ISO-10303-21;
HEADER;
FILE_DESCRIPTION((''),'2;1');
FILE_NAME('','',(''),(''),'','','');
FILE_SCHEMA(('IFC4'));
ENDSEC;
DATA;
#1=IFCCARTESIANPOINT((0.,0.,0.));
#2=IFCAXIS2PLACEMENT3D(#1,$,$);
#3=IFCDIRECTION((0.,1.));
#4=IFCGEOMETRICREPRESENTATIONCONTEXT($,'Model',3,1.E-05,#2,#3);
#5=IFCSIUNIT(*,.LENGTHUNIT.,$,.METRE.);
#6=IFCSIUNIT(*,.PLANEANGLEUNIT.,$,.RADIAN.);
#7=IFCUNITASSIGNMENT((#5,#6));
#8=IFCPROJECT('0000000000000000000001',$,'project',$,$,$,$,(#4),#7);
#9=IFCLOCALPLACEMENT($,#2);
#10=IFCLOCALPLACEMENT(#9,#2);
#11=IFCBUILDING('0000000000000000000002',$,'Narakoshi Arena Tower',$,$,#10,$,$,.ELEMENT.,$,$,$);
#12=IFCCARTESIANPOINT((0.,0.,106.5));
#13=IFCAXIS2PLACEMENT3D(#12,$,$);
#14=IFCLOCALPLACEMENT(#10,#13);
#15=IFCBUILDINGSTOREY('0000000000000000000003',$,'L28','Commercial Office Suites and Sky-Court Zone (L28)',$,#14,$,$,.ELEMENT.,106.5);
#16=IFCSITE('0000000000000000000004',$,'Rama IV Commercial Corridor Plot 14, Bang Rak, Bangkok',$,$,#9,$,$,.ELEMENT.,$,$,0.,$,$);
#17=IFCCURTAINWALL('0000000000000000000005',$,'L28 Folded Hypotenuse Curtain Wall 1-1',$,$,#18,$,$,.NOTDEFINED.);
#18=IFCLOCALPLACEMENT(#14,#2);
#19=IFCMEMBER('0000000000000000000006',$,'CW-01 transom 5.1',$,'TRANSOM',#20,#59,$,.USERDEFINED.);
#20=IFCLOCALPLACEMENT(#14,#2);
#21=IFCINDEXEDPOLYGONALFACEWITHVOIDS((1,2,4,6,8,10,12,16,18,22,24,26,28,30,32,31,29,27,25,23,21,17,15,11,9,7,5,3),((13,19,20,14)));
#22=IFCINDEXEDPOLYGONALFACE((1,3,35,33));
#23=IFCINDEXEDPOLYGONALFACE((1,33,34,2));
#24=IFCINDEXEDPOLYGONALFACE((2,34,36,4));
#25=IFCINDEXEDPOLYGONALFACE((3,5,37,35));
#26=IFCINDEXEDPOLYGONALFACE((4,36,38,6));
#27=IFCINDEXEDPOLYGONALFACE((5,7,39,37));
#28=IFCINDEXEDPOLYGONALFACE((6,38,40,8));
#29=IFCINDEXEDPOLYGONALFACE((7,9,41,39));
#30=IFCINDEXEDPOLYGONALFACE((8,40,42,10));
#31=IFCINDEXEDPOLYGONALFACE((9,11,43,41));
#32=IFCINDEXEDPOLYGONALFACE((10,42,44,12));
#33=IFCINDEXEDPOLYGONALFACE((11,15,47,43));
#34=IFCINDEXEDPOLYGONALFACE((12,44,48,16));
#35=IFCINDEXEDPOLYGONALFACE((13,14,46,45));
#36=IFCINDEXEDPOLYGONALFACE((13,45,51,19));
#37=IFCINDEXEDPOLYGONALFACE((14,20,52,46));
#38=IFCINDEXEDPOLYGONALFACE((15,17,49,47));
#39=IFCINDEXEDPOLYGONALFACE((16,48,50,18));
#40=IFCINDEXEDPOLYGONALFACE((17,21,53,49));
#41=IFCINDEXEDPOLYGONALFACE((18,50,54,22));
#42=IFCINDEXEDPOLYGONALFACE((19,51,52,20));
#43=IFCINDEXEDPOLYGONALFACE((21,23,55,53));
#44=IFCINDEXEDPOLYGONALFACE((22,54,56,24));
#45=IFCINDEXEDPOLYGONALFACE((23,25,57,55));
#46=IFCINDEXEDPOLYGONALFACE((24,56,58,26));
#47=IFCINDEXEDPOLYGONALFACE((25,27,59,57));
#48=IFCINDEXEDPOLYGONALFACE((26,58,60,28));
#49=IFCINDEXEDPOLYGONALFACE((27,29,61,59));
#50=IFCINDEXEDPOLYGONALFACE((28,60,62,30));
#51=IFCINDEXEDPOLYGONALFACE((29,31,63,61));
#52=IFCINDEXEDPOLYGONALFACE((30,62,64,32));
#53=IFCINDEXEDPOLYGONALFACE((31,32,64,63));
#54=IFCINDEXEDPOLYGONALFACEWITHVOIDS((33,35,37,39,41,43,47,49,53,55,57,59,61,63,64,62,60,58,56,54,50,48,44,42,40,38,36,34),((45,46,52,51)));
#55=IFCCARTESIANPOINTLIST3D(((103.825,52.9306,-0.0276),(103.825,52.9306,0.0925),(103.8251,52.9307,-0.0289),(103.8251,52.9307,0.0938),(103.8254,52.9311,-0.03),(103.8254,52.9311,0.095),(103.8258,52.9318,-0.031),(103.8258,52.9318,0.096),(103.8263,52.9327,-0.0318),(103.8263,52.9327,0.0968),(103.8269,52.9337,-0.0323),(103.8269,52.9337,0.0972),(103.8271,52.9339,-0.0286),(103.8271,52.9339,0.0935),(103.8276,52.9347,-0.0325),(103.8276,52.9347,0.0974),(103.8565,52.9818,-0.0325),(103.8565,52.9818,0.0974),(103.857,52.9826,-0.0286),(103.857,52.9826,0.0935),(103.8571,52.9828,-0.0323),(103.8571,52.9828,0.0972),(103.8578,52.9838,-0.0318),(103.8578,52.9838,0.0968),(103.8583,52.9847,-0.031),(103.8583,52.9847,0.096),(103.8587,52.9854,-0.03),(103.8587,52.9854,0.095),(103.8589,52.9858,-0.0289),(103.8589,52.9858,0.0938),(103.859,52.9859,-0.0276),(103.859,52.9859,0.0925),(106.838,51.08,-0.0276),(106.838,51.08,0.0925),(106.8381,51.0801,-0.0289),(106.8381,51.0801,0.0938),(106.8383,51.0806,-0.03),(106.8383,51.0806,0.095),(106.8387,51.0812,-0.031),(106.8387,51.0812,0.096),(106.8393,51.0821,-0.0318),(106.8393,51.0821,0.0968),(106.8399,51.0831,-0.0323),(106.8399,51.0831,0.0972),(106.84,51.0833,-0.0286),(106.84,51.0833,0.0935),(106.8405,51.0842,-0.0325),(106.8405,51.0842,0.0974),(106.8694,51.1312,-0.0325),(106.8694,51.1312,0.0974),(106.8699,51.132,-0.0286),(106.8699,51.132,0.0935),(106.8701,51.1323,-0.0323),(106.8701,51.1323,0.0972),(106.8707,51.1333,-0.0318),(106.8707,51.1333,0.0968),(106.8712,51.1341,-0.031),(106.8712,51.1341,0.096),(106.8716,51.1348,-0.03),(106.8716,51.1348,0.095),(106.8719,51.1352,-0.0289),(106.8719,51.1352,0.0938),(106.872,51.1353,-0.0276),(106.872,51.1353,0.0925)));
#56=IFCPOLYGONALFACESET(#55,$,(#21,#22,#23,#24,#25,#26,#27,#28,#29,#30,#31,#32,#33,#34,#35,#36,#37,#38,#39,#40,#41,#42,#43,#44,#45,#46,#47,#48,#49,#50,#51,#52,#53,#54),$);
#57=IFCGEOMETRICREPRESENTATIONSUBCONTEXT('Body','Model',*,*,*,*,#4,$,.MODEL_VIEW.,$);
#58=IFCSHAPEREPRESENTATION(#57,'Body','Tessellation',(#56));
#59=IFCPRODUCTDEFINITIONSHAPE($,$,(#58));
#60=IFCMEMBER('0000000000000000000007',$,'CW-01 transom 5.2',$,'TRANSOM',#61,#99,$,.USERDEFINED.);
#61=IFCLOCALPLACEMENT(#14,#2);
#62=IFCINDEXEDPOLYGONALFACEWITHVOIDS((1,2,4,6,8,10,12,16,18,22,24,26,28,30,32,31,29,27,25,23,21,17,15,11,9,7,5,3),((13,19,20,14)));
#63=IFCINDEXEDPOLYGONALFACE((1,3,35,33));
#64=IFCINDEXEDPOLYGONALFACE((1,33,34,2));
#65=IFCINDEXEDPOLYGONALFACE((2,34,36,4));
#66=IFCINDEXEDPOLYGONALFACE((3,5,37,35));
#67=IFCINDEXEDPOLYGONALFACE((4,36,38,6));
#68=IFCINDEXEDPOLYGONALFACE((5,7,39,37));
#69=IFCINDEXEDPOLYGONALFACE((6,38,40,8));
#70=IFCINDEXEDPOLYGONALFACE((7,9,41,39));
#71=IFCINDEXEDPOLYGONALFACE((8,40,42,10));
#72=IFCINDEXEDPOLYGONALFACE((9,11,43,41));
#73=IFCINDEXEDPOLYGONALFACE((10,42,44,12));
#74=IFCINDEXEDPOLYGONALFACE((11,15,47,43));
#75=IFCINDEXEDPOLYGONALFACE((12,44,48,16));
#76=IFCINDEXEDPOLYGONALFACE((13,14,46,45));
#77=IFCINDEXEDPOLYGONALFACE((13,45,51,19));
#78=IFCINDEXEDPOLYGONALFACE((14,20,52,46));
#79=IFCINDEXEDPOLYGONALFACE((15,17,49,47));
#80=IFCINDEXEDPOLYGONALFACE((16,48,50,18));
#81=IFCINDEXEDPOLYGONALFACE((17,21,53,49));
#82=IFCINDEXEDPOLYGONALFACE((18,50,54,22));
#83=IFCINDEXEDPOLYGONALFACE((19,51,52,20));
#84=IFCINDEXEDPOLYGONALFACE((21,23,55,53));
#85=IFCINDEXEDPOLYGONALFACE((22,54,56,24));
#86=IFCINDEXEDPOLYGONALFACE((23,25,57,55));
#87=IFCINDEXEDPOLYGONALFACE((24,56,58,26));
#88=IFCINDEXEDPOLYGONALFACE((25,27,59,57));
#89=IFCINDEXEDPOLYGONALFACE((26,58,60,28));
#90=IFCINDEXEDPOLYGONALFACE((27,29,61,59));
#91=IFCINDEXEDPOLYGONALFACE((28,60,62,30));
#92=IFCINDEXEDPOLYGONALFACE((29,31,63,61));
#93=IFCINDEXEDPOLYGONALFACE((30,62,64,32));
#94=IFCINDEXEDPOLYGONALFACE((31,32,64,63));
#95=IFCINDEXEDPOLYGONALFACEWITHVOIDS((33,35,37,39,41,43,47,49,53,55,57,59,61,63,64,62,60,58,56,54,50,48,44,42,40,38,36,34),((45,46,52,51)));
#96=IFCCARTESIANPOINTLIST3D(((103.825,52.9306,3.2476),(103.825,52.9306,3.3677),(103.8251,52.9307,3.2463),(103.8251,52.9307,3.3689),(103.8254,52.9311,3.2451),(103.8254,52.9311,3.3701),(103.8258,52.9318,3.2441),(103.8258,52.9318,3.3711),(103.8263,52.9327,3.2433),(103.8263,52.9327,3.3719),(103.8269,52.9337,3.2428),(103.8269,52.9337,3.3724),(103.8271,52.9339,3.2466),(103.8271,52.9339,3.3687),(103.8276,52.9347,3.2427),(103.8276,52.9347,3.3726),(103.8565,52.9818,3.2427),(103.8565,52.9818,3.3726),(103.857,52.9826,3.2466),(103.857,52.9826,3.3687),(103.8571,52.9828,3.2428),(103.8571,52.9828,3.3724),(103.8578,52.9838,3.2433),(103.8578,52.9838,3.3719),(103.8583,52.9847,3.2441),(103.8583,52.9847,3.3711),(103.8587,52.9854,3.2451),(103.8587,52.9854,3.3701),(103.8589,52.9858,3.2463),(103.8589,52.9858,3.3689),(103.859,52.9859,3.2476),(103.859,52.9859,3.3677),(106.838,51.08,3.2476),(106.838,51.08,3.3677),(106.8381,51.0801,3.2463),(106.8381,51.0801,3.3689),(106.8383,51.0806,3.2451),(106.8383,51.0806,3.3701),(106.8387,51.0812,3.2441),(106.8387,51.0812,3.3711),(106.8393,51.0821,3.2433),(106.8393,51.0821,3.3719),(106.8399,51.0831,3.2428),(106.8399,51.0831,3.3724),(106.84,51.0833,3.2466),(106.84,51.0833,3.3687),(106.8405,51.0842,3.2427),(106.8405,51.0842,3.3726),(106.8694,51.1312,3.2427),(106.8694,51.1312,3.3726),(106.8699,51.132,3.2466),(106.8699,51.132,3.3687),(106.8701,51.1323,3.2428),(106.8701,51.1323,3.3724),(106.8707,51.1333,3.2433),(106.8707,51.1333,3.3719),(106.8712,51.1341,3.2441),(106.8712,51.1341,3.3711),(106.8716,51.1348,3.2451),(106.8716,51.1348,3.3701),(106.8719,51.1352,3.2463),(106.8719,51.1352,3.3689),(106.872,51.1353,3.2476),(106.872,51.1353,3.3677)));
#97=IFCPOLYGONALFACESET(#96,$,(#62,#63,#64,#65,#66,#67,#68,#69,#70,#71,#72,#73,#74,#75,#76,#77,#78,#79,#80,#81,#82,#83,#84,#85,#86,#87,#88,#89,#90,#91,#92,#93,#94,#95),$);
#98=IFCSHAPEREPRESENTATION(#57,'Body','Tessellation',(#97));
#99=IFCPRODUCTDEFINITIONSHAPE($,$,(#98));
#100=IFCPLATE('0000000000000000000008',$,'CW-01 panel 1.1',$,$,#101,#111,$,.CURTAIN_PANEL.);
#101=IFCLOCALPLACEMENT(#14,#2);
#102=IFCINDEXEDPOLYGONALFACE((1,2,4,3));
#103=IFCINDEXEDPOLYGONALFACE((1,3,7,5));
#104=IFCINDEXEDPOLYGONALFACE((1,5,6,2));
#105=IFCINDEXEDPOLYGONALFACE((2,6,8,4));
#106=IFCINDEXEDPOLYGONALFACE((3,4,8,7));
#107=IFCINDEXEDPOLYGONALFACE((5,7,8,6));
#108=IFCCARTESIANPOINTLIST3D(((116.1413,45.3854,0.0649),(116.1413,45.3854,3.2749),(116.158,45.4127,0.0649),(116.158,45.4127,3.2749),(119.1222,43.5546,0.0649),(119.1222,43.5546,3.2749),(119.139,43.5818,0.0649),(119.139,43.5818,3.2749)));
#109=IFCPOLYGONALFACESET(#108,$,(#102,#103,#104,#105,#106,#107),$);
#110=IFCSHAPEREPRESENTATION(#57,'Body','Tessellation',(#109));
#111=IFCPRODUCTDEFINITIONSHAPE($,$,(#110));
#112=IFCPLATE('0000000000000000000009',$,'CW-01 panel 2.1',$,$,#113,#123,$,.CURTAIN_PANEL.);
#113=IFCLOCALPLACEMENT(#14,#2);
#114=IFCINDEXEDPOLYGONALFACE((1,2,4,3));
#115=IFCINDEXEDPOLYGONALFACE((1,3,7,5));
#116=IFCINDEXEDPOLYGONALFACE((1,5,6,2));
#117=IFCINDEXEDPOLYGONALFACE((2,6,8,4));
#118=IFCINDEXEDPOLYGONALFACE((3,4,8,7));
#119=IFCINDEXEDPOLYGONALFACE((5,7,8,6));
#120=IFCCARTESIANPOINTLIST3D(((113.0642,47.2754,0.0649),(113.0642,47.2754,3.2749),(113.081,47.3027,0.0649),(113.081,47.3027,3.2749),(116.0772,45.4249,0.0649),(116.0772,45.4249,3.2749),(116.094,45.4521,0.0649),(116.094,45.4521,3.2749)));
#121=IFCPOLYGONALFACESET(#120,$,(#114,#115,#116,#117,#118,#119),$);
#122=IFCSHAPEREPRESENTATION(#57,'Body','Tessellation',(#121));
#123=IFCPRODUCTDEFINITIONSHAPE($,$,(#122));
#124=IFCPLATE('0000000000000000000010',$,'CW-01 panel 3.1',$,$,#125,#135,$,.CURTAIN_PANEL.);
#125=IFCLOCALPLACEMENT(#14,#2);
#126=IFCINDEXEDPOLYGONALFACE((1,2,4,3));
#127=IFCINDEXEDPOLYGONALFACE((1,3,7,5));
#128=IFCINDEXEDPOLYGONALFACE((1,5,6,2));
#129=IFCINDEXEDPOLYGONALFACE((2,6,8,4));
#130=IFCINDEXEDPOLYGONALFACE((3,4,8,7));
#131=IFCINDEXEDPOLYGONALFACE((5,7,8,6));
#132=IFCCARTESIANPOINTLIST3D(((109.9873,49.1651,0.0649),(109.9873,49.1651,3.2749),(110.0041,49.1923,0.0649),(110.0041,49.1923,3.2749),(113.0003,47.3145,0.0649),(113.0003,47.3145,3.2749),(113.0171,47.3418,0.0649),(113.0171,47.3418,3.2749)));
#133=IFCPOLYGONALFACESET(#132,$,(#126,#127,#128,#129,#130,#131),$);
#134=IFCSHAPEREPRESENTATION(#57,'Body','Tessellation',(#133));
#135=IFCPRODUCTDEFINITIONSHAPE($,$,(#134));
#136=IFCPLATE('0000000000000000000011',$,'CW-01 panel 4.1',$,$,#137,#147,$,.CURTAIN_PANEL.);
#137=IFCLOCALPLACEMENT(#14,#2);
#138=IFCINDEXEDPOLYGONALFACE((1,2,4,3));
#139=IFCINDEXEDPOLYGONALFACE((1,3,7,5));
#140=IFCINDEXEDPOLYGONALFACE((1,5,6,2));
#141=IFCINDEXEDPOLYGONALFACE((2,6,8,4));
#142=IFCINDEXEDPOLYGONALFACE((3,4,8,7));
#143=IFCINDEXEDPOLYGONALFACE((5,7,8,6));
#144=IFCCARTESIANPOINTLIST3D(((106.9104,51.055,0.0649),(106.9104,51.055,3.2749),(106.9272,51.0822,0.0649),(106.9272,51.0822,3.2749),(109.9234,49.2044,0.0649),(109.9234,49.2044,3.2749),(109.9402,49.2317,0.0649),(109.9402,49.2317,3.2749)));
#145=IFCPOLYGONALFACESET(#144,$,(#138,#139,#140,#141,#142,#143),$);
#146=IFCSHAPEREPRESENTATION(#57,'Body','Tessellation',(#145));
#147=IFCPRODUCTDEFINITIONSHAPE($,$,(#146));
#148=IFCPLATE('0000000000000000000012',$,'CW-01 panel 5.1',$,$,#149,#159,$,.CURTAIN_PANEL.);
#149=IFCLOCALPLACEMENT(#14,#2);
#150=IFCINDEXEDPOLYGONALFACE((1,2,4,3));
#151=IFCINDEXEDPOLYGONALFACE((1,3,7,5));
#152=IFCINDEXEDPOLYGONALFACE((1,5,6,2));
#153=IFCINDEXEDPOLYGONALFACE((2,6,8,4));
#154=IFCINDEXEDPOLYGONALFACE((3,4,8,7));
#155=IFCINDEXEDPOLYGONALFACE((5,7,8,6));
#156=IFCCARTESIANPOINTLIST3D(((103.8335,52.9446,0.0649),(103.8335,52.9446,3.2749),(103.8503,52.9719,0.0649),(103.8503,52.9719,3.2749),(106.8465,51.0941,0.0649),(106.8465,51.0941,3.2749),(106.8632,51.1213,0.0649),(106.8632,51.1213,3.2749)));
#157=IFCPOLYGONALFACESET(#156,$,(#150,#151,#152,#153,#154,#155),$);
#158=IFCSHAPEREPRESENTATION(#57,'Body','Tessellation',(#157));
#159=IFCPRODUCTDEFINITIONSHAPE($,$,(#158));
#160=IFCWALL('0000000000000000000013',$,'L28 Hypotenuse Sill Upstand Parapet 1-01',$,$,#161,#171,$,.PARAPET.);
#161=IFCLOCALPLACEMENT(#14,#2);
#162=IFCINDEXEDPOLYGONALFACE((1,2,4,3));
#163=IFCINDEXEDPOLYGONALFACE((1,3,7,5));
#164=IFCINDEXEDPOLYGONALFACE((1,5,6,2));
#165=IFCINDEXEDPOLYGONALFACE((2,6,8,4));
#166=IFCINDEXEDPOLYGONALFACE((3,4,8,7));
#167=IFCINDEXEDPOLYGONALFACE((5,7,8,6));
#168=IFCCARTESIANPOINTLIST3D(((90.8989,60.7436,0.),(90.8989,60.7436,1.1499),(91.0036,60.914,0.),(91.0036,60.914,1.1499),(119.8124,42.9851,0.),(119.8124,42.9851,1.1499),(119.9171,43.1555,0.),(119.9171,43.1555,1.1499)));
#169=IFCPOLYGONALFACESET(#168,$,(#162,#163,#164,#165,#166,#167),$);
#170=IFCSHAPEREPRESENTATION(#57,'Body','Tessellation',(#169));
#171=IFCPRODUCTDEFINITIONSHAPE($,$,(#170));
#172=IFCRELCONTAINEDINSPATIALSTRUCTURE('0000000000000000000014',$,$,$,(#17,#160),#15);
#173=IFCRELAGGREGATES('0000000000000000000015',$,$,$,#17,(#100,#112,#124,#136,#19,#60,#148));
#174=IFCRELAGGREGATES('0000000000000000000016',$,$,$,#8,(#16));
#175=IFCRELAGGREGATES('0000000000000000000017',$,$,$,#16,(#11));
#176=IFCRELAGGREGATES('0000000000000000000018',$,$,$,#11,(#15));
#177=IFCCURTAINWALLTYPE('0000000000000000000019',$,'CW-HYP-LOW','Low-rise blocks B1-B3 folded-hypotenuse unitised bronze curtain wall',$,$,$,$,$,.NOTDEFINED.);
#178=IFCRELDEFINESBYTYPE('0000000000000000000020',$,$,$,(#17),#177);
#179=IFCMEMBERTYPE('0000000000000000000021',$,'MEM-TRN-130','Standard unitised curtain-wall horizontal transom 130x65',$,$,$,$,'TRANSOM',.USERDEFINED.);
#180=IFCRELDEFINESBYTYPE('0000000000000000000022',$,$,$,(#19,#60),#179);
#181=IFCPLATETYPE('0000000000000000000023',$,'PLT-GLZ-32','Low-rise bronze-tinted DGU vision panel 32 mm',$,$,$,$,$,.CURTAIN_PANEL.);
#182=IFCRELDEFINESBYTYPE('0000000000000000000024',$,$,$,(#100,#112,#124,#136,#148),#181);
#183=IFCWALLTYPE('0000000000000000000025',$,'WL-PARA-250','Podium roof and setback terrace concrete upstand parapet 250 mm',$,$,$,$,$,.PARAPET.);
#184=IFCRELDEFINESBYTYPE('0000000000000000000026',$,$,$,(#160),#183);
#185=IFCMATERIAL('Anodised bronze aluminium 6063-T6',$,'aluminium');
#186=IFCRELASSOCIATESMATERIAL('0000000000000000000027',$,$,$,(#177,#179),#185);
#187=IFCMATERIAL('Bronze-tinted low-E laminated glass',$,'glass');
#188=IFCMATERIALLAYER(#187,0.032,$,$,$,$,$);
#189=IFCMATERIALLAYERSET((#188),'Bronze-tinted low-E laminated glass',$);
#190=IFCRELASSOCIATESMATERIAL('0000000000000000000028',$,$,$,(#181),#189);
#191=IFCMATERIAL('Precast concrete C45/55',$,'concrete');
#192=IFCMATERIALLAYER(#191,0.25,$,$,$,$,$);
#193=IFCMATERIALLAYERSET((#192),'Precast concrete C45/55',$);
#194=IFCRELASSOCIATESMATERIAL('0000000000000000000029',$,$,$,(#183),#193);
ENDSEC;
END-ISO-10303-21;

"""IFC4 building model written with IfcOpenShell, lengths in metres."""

from ifc_helpers import new_model, si_unit, direction, frame, frame_2d, origin, origin_2d, place, context, subcontext, project, spatial, rectangle, hollow_rectangle, extrude, material, layer, layer_set, material_profile, profile_set, type_object, element, aggregate, save


model = new_model("IFC4")

# Units and contexts
model_context = context("Model", 3, precision=1e-05, world=origin(), true_north=direction((0.0, 1.0)))
body_context = subcontext(model_context, "Body", "Model", "MODEL_VIEW")
ifc_project = project(units=[si_unit("LENGTHUNIT", "METRE"), si_unit("PLANEANGLEUNIT", "RADIAN")], contexts=[model_context])

# Site, building, storey
site_placement = place(None, origin())
site = spatial("IfcSite", under=ifc_project, at=site_placement, Name="Rama IV Commercial Corridor Plot 14, Bang Rak, Bangkok", CompositionType="ELEMENT", RefElevation=0.0)
building_placement = place(site_placement, origin())
building = spatial("IfcBuilding", under=site, at=building_placement, Name="Narakoshi Arena Tower", CompositionType="ELEMENT")
storey_placement = place(building_placement, frame((0.0, 0.0, 106.5)))
storey = spatial("IfcBuildingStorey", under=building, at=storey_placement, Name="L28", Description="Commercial Office Suites and Sky-Court Zone (L28)", CompositionType="ELEMENT", Elevation=106.5)

# Curtain wall, members, plates
ifc_material_1 = material(Name="Anodised bronze aluminium 6063-T6", Category="aluminium")
curtain_wall_type = type_object("IfcCurtainWallType", Name="CW-HYP-LOW", Description="Low-rise blocks B1-B3 folded-hypotenuse unitised bronze curtain wall", PredefinedType="NOTDEFINED", material=ifc_material_1)
curtain_wall_placement = place(storey_placement, origin())
curtain_wall = element("IfcCurtainWall", 1, at=curtain_wall_placement, inside=storey, type_object=curtain_wall_type, Name="L28 Folded Hypotenuse Curtain Wall 1-1", PredefinedType="NOTDEFINED")
ifc_material_profile_1 = material_profile(ifc_material_1, hollow_rectangle(XDim=0.0649, YDim=0.1299, WallThickness=0.0039, OuterFilletRadius=0.0049, at=origin_2d()), Name="TRN130x65x4")
ifc_profile_set_1 = profile_set([ifc_material_profile_1], Name="Anodised bronze aluminium 6063-T6")
member_type_1 = type_object("IfcMemberType", Name="MEM-TRN-130", Description="Standard unitised curtain-wall horizontal transom 130x65", ElementType="TRANSOM", PredefinedType="USERDEFINED", material=ifc_profile_set_1)
member_1_placement = place(storey_placement, frame((106.855, 51.1077, 0.0325), z_axis=(-0.852104, 0.523373, 0.0), x_axis=(-0.523373, -0.852104, 0.0)))
member_1 = element("IfcMember", 2, at=member_1_placement, type_object=member_type_1, Name="CW-01 transom 5.1", ObjectType="TRANSOM", PredefinedType="USERDEFINED", context=body_context, shape_type="SweptSolid", body=[
    extrude(hollow_rectangle(XDim=0.0649, YDim=0.1299, WallThickness=0.0039, OuterFilletRadius=0.0049, at=origin_2d()), origin(), (0.0, 0.0, 1.0), 3.5359),
])
member_2_placement = place(storey_placement, frame((106.855, 51.1077, 3.3076), z_axis=(-0.852104, 0.523373, 0.0), x_axis=(-0.523373, -0.852104, 0.0)))
member_2 = element("IfcMember", 3, at=member_2_placement, type_object=member_type_1, Name="CW-01 transom 5.2", ObjectType="TRANSOM", PredefinedType="USERDEFINED", context=body_context, shape_type="SweptSolid", body=[
    extrude(hollow_rectangle(XDim=0.0649, YDim=0.1299, WallThickness=0.0039, OuterFilletRadius=0.0049, at=origin_2d()), origin(), (0.0, 0.0, 1.0), 3.5359),
])
ifc_material_2 = material(Name="Bronze-tinted low-E laminated glass", Category="glass")
ifc_layer_1 = layer(ifc_material_2, 0.032)
ifc_layer_set_1 = layer_set([ifc_layer_1], Name="Bronze-tinted low-E laminated glass")
plate_type = type_object("IfcPlateType", Name="PLT-GLZ-32", Description="Low-rise bronze-tinted DGU vision panel 32 mm", PredefinedType="CURTAIN_PANEL", material=ifc_layer_set_1)
plate_1_placement = place(storey_placement, frame((117.6401, 44.4836, 0.0649), z_axis=(0.0, 0.0, 1.0), x_axis=(-0.852113, 0.523358, 0.0)))
plate_1 = element("IfcPlate", 4, at=plate_1_placement, type_object=plate_type, Name="CW-01 panel 1.1", PredefinedType="CURTAIN_PANEL", context=body_context, shape_type="SweptSolid", body=[
    extrude(rectangle(XDim=3.4983, YDim=0.032, at=origin_2d()), origin(), (0.0, 0.0, 1.0), 3.21),
])
plate_2_placement = place(storey_placement, frame((114.5791, 46.3638, 0.0649), z_axis=(0.0, 0.0, 1.0), x_axis=(-0.852113, 0.523358, 0.0)))
plate_2 = element("IfcPlate", 5, at=plate_2_placement, type_object=plate_type, Name="CW-01 panel 2.1", PredefinedType="CURTAIN_PANEL", context=body_context, shape_type="SweptSolid", body=[
    extrude(rectangle(XDim=3.5359, YDim=0.032, at=origin_2d()), origin(), (0.0, 0.0, 1.0), 3.21),
])
plate_3_placement = place(storey_placement, frame((111.5022, 48.2534, 0.0649), z_axis=(0.0, 0.0, 1.0), x_axis=(-0.852113, 0.523358, 0.0)))
plate_3 = element("IfcPlate", 6, at=plate_3_placement, type_object=plate_type, Name="CW-01 panel 3.1", PredefinedType="CURTAIN_PANEL", context=body_context, shape_type="SweptSolid", body=[
    extrude(rectangle(XDim=3.5359, YDim=0.032, at=origin_2d()), origin(), (0.0, 0.0, 1.0), 3.21),
])
plate_4_placement = place(storey_placement, frame((108.4253, 50.1433, 0.0649), z_axis=(0.0, 0.0, 1.0), x_axis=(-0.852113, 0.523358, 0.0)))
plate_4 = element("IfcPlate", 7, at=plate_4_placement, type_object=plate_type, Name="CW-01 panel 4.1", PredefinedType="CURTAIN_PANEL", context=body_context, shape_type="SweptSolid", body=[
    extrude(rectangle(XDim=3.5359, YDim=0.032, at=origin_2d()), origin(), (0.0, 0.0, 1.0), 3.21),
])
plate_5_placement = place(storey_placement, frame((105.3484, 52.033, 0.0649), z_axis=(0.0, 0.0, 1.0), x_axis=(-0.852113, 0.523358, 0.0)))
plate_5 = element("IfcPlate", 8, at=plate_5_placement, type_object=plate_type, Name="CW-01 panel 5.1", PredefinedType="CURTAIN_PANEL", context=body_context, shape_type="SweptSolid", body=[
    extrude(rectangle(XDim=3.5359, YDim=0.032, at=origin_2d()), origin(), (0.0, 0.0, 1.0), 3.21),
])
aggregate(curtain_wall, [plate_1, plate_2, plate_3, plate_4, member_1, member_2, plate_5])

# Wall
ifc_material_3 = material(Name="Precast concrete C45/55", Category="concrete")
ifc_layer_2 = layer(ifc_material_3, 0.25)
ifc_layer_set_2 = layer_set([ifc_layer_2], Name="Precast concrete C45/55")
wall_type_1 = type_object("IfcWallType", Name="WL-PARA-250", Description="Podium roof and setback terrace concrete upstand parapet 250 mm", PredefinedType="PARAPET", material=ifc_layer_set_2)
wall_1_placement = place(storey_placement, frame((119.8647, 43.0703, 0.0), z_axis=(0.0, 0.0, 1.0), x_axis=(-0.852111, 0.523361, 0.0)))
element("IfcWall", 9, at=wall_1_placement, inside=storey, type_object=wall_type_1, Name="L28 Hypotenuse Sill Upstand Parapet 1-01", PredefinedType="PARAPET", context=body_context, shape_type="SweptSolid", body=[
    extrude(rectangle(XDim=33.9316, YDim=0.2, at=frame_2d((16.9658, 0.0))), origin(), (0.0, 0.0, 1.0), 1.1499),
])

save(model, "model.ifc")
